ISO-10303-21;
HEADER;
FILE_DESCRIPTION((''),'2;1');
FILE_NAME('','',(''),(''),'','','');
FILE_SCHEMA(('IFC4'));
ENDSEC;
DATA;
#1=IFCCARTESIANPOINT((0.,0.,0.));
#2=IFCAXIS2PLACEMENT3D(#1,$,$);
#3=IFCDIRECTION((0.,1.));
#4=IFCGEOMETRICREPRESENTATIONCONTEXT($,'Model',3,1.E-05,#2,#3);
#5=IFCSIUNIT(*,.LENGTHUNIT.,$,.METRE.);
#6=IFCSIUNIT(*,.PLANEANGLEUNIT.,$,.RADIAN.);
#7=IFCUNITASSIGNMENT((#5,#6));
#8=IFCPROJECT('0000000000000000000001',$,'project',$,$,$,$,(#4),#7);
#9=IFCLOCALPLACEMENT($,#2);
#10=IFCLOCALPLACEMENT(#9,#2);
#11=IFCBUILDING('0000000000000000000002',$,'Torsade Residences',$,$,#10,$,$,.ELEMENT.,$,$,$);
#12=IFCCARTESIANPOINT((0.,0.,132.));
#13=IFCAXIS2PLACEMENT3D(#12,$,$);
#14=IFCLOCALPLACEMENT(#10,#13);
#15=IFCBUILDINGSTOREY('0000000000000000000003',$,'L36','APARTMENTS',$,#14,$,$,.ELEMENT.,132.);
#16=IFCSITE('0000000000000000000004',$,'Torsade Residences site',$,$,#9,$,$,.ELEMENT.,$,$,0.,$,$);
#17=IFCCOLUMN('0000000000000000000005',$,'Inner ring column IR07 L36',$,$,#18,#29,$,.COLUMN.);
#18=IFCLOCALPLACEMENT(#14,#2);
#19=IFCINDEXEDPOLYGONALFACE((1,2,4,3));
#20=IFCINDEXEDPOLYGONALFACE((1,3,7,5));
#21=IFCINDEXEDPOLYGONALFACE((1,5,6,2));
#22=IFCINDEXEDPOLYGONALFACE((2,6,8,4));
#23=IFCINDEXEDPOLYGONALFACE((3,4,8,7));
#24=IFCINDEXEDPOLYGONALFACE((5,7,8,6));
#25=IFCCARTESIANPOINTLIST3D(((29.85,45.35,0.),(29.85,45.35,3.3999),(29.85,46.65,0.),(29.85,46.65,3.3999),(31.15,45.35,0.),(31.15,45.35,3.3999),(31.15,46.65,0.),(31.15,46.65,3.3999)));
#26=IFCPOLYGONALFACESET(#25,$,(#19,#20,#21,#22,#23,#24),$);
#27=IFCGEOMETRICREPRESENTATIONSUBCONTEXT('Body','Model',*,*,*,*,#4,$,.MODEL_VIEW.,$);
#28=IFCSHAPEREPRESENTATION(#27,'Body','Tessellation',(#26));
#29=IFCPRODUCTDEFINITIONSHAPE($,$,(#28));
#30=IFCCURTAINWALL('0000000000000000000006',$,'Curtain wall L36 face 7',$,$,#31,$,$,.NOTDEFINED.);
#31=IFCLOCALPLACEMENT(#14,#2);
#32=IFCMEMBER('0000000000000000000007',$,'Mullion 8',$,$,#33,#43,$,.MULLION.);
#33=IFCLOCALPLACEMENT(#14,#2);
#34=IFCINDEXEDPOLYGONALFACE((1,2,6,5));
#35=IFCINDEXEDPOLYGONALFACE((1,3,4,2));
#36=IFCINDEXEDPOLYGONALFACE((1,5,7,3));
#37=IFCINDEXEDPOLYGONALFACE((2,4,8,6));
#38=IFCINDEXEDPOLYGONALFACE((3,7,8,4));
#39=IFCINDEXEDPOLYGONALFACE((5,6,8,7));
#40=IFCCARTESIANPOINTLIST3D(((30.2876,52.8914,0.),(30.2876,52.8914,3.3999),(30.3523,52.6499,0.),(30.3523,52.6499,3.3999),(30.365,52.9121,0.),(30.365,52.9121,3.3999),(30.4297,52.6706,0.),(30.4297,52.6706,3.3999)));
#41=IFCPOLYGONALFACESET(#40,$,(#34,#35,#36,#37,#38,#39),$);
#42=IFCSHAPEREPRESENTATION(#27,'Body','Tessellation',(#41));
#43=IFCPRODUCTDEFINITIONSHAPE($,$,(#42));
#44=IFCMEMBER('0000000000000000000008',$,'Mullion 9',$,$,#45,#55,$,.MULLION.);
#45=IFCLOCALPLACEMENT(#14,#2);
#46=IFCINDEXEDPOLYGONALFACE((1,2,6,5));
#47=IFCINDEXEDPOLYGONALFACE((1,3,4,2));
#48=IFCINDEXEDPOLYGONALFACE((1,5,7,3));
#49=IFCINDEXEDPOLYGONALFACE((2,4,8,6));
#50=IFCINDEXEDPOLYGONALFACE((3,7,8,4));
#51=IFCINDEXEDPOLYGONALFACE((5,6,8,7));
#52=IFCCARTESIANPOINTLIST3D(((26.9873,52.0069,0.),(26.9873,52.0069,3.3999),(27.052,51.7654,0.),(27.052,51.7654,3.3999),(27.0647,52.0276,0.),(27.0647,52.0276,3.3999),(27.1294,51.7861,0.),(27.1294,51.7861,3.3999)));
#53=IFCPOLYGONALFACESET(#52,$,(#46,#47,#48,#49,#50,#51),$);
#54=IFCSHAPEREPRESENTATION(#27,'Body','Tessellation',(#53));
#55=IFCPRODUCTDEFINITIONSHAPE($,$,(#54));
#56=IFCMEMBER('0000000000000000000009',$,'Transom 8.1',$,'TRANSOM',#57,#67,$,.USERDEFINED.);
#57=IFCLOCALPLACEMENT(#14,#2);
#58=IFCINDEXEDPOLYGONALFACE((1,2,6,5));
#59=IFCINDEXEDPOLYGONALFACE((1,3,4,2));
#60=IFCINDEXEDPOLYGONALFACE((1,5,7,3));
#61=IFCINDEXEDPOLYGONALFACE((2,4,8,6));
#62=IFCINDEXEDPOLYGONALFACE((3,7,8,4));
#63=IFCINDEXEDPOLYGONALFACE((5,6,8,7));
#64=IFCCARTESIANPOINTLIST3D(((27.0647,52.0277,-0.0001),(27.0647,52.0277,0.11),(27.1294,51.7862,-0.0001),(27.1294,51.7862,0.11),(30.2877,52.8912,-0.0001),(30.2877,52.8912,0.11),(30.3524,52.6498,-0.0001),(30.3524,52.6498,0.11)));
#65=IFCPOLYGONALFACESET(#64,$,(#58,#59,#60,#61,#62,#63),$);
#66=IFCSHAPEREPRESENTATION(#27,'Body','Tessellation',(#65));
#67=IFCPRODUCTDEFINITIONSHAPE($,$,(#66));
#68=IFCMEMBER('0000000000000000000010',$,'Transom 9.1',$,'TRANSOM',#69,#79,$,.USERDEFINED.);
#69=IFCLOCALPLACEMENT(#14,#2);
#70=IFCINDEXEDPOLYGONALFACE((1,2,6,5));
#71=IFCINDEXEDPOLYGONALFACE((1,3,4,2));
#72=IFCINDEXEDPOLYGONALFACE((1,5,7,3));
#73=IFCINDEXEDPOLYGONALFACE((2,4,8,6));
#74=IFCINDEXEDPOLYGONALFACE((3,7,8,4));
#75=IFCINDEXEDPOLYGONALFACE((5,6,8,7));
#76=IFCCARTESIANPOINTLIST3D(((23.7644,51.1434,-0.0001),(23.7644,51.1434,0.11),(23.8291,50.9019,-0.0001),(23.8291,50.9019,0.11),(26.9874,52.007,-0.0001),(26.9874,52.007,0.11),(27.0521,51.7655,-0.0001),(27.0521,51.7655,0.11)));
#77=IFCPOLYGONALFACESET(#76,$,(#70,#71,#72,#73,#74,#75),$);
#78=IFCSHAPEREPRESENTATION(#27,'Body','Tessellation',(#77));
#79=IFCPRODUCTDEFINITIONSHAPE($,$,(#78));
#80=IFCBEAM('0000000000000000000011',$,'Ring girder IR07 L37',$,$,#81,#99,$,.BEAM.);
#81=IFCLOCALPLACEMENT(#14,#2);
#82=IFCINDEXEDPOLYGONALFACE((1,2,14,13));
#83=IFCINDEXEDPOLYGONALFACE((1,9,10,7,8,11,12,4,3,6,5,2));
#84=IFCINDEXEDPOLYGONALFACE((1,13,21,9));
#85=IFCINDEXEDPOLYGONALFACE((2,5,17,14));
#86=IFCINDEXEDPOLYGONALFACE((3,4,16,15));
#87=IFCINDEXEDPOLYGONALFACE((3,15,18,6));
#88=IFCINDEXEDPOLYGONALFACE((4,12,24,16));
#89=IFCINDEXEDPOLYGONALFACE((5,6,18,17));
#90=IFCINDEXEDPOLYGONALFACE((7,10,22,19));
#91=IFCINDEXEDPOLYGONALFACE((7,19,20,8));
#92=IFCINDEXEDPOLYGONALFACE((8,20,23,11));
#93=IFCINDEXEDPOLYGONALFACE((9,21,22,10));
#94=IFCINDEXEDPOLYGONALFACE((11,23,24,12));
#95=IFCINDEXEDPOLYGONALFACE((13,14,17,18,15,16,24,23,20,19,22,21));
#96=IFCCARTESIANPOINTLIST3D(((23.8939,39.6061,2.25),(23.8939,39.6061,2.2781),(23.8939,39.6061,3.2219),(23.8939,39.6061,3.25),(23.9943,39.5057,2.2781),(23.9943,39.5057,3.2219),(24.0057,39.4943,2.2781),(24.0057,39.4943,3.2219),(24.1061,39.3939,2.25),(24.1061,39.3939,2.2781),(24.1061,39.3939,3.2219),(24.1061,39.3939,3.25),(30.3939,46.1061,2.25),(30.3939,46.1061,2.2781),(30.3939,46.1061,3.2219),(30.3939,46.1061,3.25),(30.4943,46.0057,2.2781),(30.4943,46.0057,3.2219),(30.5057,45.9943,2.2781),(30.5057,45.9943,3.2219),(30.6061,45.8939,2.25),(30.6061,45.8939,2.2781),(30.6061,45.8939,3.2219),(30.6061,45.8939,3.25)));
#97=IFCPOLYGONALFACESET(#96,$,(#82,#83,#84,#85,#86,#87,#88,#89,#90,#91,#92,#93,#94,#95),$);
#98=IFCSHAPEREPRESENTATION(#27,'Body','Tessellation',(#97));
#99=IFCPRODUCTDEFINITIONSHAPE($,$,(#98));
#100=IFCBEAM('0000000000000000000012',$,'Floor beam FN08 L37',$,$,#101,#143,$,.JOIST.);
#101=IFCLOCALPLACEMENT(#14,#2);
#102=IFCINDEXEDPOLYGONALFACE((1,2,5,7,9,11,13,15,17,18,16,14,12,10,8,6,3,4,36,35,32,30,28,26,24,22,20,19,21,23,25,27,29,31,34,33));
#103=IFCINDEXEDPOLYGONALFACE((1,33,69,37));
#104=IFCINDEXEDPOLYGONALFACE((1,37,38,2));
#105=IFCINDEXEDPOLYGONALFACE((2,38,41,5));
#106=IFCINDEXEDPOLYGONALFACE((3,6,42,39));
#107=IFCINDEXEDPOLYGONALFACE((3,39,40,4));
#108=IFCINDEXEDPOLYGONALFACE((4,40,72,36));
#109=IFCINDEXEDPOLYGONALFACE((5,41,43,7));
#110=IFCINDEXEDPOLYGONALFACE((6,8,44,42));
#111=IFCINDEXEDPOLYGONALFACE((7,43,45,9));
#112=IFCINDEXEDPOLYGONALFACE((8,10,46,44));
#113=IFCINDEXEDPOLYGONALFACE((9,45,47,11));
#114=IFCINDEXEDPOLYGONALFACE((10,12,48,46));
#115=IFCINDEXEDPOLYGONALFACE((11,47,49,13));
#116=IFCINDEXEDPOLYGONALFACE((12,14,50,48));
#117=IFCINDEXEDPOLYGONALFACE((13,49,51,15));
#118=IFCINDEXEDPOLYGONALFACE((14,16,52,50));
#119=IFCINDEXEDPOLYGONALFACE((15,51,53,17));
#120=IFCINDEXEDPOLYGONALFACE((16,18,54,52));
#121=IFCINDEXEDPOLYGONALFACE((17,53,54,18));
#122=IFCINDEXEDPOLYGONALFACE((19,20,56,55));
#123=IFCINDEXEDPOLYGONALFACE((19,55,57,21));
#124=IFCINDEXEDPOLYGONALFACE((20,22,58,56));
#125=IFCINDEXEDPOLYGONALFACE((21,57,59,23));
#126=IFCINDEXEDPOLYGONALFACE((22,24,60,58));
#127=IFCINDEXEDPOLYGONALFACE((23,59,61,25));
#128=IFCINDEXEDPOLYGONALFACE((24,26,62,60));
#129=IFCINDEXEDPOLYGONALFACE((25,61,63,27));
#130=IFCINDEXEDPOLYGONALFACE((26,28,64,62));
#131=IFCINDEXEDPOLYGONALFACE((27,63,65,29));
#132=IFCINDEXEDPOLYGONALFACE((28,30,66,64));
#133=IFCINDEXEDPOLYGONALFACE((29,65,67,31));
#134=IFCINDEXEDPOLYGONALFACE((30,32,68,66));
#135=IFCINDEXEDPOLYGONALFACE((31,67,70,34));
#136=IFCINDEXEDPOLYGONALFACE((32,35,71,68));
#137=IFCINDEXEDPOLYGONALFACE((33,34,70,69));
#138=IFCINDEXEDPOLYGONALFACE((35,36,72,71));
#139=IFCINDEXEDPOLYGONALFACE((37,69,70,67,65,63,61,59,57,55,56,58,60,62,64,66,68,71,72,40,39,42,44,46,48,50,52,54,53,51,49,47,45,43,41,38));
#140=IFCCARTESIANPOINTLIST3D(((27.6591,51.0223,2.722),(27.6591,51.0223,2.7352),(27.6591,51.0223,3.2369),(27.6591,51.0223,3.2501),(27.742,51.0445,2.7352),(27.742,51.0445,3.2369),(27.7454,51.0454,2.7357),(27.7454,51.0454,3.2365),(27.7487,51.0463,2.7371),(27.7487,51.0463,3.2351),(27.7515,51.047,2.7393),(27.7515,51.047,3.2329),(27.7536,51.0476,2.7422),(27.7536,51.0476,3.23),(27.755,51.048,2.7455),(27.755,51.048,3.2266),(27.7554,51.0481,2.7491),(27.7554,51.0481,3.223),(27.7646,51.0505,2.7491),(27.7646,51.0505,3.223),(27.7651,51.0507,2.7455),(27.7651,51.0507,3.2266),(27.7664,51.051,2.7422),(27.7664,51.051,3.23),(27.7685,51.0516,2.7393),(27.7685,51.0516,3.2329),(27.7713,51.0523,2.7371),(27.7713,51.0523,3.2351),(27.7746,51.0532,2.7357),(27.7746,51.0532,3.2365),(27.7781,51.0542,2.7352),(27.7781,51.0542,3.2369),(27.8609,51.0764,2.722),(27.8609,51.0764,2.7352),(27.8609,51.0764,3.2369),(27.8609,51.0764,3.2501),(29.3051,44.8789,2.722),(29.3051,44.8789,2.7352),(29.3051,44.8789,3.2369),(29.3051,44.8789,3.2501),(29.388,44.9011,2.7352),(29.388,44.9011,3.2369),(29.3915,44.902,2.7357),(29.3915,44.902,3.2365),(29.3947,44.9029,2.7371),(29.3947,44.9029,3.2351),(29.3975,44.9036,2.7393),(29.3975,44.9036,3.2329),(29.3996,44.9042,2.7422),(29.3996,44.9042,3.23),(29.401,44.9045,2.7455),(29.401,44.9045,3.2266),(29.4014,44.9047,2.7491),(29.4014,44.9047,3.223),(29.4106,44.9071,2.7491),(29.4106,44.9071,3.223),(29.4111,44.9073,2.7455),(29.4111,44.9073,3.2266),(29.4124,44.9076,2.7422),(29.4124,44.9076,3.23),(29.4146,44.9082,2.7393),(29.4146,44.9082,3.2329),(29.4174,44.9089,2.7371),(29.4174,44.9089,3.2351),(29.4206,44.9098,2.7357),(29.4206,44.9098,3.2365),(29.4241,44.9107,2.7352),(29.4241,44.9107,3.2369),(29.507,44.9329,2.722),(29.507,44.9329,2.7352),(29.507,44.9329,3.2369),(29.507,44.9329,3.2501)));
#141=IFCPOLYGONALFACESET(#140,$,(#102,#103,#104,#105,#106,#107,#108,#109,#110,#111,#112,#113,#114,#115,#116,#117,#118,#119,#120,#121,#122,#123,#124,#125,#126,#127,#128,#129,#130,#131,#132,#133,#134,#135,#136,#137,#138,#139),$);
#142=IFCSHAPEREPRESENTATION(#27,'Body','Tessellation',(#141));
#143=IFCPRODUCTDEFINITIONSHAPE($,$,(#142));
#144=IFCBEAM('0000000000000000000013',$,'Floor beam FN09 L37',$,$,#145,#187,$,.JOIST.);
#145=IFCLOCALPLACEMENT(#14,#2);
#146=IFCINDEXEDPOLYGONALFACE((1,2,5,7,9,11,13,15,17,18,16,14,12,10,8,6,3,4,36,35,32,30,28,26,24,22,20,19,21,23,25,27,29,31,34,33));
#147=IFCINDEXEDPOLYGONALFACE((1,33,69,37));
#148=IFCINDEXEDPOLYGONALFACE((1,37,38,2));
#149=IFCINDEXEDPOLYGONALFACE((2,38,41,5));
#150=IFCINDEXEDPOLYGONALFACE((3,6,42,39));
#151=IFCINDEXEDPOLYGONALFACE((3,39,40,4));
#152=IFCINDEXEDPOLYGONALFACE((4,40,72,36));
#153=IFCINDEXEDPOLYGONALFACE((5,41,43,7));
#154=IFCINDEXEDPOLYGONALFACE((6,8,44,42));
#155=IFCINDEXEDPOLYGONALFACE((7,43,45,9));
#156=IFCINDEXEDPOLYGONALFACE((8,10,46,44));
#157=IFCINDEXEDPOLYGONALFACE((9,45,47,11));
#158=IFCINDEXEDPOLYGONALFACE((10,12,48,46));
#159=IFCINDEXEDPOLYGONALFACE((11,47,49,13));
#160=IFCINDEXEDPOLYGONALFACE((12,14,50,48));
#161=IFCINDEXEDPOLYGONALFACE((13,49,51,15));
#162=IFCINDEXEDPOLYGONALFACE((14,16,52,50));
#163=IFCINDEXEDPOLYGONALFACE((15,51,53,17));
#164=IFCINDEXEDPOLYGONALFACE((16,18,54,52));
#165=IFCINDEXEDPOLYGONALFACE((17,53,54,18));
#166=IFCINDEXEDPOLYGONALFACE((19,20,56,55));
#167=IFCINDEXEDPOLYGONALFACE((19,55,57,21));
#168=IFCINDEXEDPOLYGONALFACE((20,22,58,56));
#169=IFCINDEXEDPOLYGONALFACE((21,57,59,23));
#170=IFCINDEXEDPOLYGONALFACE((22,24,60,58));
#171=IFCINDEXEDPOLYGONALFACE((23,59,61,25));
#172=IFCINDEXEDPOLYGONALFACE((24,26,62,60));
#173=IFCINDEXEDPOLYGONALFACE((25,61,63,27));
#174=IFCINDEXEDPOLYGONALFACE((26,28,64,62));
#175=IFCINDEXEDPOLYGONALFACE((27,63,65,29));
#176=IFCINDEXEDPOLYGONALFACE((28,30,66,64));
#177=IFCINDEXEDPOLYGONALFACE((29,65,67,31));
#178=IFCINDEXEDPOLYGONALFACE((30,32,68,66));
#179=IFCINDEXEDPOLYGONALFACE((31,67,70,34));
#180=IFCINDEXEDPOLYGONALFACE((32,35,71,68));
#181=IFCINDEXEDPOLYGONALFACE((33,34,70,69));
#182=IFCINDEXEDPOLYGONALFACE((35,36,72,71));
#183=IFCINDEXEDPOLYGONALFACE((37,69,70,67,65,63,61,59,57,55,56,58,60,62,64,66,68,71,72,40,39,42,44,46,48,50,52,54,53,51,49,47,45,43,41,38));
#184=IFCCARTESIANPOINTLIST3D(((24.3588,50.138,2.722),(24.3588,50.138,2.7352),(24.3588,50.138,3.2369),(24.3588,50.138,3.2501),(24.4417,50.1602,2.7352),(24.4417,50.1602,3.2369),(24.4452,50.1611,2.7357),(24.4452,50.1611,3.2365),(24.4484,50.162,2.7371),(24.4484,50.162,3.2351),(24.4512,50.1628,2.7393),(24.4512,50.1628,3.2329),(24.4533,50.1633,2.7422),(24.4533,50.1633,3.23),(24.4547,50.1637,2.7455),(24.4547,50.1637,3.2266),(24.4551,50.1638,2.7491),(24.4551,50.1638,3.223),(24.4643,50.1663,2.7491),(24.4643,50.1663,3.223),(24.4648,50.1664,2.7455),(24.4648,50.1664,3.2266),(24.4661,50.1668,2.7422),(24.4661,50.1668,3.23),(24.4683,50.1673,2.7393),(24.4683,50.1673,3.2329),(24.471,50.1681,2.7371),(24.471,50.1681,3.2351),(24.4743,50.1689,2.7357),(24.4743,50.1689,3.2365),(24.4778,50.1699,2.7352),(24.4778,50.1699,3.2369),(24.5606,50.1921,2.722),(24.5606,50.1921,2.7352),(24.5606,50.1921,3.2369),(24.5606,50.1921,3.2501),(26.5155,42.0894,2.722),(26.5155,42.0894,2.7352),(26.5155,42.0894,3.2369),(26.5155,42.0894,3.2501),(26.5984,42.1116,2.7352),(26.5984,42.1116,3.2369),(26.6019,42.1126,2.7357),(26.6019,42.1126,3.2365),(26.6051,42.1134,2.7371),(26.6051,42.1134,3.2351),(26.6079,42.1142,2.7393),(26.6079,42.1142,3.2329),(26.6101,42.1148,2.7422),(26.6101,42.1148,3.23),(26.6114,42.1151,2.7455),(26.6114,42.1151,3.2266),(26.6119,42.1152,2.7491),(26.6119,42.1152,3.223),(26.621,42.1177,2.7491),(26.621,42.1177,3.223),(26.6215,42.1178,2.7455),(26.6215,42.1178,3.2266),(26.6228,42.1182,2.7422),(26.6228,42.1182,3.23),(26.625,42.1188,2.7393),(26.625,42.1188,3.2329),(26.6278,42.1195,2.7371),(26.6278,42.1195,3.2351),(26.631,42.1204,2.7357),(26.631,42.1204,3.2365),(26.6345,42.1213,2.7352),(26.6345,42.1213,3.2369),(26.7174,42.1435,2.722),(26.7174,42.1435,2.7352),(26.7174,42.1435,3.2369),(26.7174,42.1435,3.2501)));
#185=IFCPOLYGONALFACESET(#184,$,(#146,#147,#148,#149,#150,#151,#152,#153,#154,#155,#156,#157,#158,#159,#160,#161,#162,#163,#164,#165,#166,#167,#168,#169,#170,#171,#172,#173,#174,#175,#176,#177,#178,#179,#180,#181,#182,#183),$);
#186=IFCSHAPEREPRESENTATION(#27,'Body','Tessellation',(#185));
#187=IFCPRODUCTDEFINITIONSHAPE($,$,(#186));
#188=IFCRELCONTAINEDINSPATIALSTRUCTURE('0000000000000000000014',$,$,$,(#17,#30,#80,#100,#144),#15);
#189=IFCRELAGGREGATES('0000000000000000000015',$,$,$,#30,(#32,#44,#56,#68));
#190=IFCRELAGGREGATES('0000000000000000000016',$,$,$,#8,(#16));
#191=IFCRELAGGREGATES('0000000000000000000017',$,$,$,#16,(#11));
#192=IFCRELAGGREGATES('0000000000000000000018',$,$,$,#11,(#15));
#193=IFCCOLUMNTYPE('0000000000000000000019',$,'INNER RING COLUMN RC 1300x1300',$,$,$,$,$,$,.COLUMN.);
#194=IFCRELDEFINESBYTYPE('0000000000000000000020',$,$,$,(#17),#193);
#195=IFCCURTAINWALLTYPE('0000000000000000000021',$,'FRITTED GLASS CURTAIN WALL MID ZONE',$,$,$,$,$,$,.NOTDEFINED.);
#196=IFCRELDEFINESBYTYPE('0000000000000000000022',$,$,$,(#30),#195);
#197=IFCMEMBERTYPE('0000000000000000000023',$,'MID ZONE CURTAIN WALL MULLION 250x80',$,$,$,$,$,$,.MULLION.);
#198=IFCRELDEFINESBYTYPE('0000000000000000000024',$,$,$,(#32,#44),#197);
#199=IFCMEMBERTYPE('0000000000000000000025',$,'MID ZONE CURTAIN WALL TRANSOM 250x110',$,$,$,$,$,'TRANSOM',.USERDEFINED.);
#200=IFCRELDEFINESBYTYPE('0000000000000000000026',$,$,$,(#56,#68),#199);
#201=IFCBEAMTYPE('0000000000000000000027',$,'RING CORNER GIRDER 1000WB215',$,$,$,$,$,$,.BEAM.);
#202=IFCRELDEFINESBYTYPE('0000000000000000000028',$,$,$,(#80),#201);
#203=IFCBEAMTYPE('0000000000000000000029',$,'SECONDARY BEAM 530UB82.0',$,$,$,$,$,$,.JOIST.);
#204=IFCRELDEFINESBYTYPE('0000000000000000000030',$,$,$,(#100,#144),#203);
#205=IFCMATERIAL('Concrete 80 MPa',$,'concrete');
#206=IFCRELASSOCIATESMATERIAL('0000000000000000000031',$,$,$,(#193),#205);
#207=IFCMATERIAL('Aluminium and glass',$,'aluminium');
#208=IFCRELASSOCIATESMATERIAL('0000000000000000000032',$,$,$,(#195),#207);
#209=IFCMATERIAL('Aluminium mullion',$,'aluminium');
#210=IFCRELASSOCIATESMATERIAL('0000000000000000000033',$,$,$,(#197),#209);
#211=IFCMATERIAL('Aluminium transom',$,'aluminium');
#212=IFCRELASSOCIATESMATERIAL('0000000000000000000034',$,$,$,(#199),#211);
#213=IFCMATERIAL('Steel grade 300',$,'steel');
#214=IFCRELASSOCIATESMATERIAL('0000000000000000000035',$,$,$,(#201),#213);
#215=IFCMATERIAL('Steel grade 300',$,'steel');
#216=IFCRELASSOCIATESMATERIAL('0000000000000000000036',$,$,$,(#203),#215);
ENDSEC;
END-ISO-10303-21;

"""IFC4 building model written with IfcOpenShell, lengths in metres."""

from ifc_helpers import new_model, si_unit, direction, frame, origin, origin_2d, place, context, subcontext, project, spatial, rectangle, i_section, extrude, material, material_profile, profile_set, type_object, element, aggregate, save


model = new_model("IFC4")

# Units and contexts
model_context = context("Model", 3, precision=1e-05, world=origin(), true_north=direction((0.0, 1.0)))
body_context = subcontext(model_context, "Body", "Model", "MODEL_VIEW")
ifc_project = project(units=[si_unit("LENGTHUNIT", "METRE"), si_unit("PLANEANGLEUNIT", "RADIAN")], contexts=[model_context])

# Site, building, storey
site_placement = place(None, origin())
site = spatial("IfcSite", under=ifc_project, at=site_placement, Name="Torsade Residences site", CompositionType="ELEMENT", RefElevation=0.0)
building_placement = place(site_placement, origin())
building = spatial("IfcBuilding", under=site, at=building_placement, Name="Torsade Residences", CompositionType="ELEMENT")
storey_placement = place(building_placement, frame((0.0, 0.0, 132.0)))
storey = spatial("IfcBuildingStorey", under=building, at=storey_placement, Name="L36", Description="APARTMENTS", CompositionType="ELEMENT", Elevation=132.0)

# Column
ifc_material_1 = material(Name="Concrete 80 MPa", Category="concrete")
ifc_material_profile_1 = material_profile(ifc_material_1, rectangle(XDim=1.3, YDim=1.3, at=origin_2d()), Name="RC 1300x1300")
ifc_profile_set_1 = profile_set([ifc_material_profile_1], Name="Concrete 80 MPa")
column_type = type_object("IfcColumnType", Name="INNER RING COLUMN RC 1300x1300", PredefinedType="COLUMN", material=ifc_profile_set_1)
column_placement = place(storey_placement, frame((30.5, 46.0, 0.0), z_axis=(0.0, 0.0, 1.0), x_axis=(1.0, 0.0, 0.0)))
element("IfcColumn", 1, at=column_placement, inside=storey, type_object=column_type, Name="Inner ring column IR07 L36", PredefinedType="COLUMN", context=body_context, shape_type="SweptSolid", body=[
    extrude(rectangle(XDim=1.3, YDim=1.3, at=origin_2d()), origin(), (0.0, 0.0, 1.0), 3.3999),
])

# Curtain wall, members
ifc_material_2 = material(Name="Aluminium and glass", Category="aluminium")
curtain_wall_type = type_object("IfcCurtainWallType", Name="FRITTED GLASS CURTAIN WALL MID ZONE", PredefinedType="NOTDEFINED", material=ifc_material_2)
curtain_wall_placement = place(storey_placement, origin())
curtain_wall = element("IfcCurtainWall", 2, at=curtain_wall_placement, inside=storey, type_object=curtain_wall_type, Name="Curtain wall L36 face 7", PredefinedType="NOTDEFINED")
ifc_material_3 = material(Name="Aluminium mullion", Category="aluminium")
ifc_material_profile_2 = material_profile(ifc_material_3, rectangle(XDim=0.25, YDim=0.0801, at=origin_2d()), Name="MID ZONE CURTAIN WALL MULLION 250x80")
ifc_profile_set_2 = profile_set([ifc_material_profile_2], Name="Aluminium mullion")
member_type_1 = type_object("IfcMemberType", Name="MID ZONE CURTAIN WALL MULLION 250x80", PredefinedType="MULLION", material=ifc_profile_set_2)
member_1_placement = place(storey_placement, frame((30.3586, 52.781, 0.0), z_axis=(0.0, 0.0, 1.0), x_axis=(0.258819, -0.965926, 0.0)))
member_1 = element("IfcMember", 3, at=member_1_placement, type_object=member_type_1, Name="Mullion 8", PredefinedType="MULLION", context=body_context, shape_type="SweptSolid", body=[
    extrude(rectangle(XDim=0.25, YDim=0.0801, at=origin_2d()), origin(), (0.0, 0.0, 1.0), 3.3999),
])
member_2_placement = place(storey_placement, frame((27.0583, 51.8965, 0.0), z_axis=(0.0, 0.0, 1.0), x_axis=(0.258819, -0.965926, 0.0)))
member_2 = element("IfcMember", 4, at=member_2_placement, type_object=member_type_1, Name="Mullion 9", PredefinedType="MULLION", context=body_context, shape_type="SweptSolid", body=[
    extrude(rectangle(XDim=0.25, YDim=0.0801, at=origin_2d()), origin(), (0.0, 0.0, 1.0), 3.3999),
])
ifc_material_4 = material(Name="Aluminium transom", Category="aluminium")
ifc_material_profile_3 = material_profile(ifc_material_4, rectangle(XDim=0.25, YDim=0.1101, at=origin_2d()), Name="MID ZONE CURTAIN WALL TRANSOM 250x110")
ifc_profile_set_3 = profile_set([ifc_material_profile_3], Name="Aluminium transom")
member_type_2 = type_object("IfcMemberType", Name="MID ZONE CURTAIN WALL TRANSOM 250x110", ElementType="TRANSOM", PredefinedType="USERDEFINED", material=ifc_profile_set_3)
member_3_placement = place(storey_placement, frame((30.3201, 52.7705, 0.0549), z_axis=(-0.965929, -0.258806, 0.0), x_axis=(0.258806, -0.965929, 0.0)))
member_3 = element("IfcMember", 5, at=member_3_placement, type_object=member_type_2, Name="Transom 8.1", ObjectType="TRANSOM", PredefinedType="USERDEFINED", context=body_context, shape_type="SweptSolid", body=[
    extrude(rectangle(XDim=0.25, YDim=0.1101, at=origin_2d()), origin(), (0.0, 0.0, 1.0), 3.3367),
])
member_4_placement = place(storey_placement, frame((27.0198, 51.8862, 0.0549), z_axis=(-0.965929, -0.258806, 0.0), x_axis=(0.258806, -0.965929, 0.0)))
member_4 = element("IfcMember", 6, at=member_4_placement, type_object=member_type_2, Name="Transom 9.1", ObjectType="TRANSOM", PredefinedType="USERDEFINED", context=body_context, shape_type="SweptSolid", body=[
    extrude(rectangle(XDim=0.25, YDim=0.1101, at=origin_2d()), origin(), (0.0, 0.0, 1.0), 3.3367),
])

# Beams
ifc_material_5 = material(Name="Steel grade 300", Category="steel")
ifc_material_profile_4 = material_profile(ifc_material_5, i_section(OverallWidth=0.3, OverallDepth=1.0, WebThickness=0.0161, FlangeThickness=0.0281, at=origin_2d()), Name="1000WB215")
ifc_profile_set_4 = profile_set([ifc_material_profile_4], Name="Steel grade 300")
beam_type_1 = type_object("IfcBeamType", Name="RING CORNER GIRDER 1000WB215", PredefinedType="BEAM", material=ifc_profile_set_4)
beam_1_placement = place(storey_placement, frame((30.5, 46.0, 2.75), z_axis=(-0.707107, -0.707107, 0.0), x_axis=(0.707107, -0.707107, 0.0)))
element("IfcBeam", 7, at=beam_1_placement, inside=storey, type_object=beam_type_1, Name="Ring girder IR07 L37", PredefinedType="BEAM", context=body_context, shape_type="SweptSolid", body=[
    extrude(i_section(OverallWidth=0.3, OverallDepth=1.0, WebThickness=0.0161, FlangeThickness=0.0281, at=origin_2d()), origin(), (0.0, 0.0, 1.0), 9.1924),
])
ifc_material_6 = material(Name="Steel grade 300", Category="steel")
ifc_material_profile_5 = material_profile(ifc_material_6, i_section(OverallWidth=0.209, OverallDepth=0.5281, WebThickness=0.0095, FlangeThickness=0.0132, FilletRadius=0.0139, at=origin_2d()), Name="530UB82.0")
ifc_profile_set_5 = profile_set([ifc_material_profile_5], Name="Steel grade 300")
beam_type_2 = type_object("IfcBeamType", Name="SECONDARY BEAM 530UB82.0", PredefinedType="JOIST", material=ifc_profile_set_5)
beam_2_placement = place(storey_placement, frame((27.76, 51.0493, 2.9861), z_axis=(0.258805, -0.96593, 0.0), x_axis=(0.96593, 0.258805, 0.0)))
element("IfcBeam", 8, at=beam_2_placement, inside=storey, type_object=beam_type_2, Name="Floor beam FN08 L37", PredefinedType="JOIST", context=body_context, shape_type="SweptSolid", body=[
    extrude(i_section(OverallWidth=0.209, OverallDepth=0.5281, WebThickness=0.0095, FlangeThickness=0.0132, FilletRadius=0.0139, at=origin_2d()), origin(), (0.0, 0.0, 1.0), 6.3601),
])
beam_3_placement = place(storey_placement, frame((24.4597, 50.165, 2.9861), z_axis=(0.258833, -0.965922, 0.0), x_axis=(0.965922, 0.258833, 0.0)))
element("IfcBeam", 9, at=beam_3_placement, inside=storey, type_object=beam_type_2, Name="Floor beam FN09 L37", PredefinedType="JOIST", context=body_context, shape_type="SweptSolid", body=[
    extrude(i_section(OverallWidth=0.209, OverallDepth=0.5281, WebThickness=0.0095, FlangeThickness=0.0132, FilletRadius=0.0139, at=origin_2d()), origin(), (0.0, 0.0, 1.0), 8.3325),
])

aggregate(curtain_wall, [member_1, member_2, member_3, member_4])

save(model, "model.ifc")
